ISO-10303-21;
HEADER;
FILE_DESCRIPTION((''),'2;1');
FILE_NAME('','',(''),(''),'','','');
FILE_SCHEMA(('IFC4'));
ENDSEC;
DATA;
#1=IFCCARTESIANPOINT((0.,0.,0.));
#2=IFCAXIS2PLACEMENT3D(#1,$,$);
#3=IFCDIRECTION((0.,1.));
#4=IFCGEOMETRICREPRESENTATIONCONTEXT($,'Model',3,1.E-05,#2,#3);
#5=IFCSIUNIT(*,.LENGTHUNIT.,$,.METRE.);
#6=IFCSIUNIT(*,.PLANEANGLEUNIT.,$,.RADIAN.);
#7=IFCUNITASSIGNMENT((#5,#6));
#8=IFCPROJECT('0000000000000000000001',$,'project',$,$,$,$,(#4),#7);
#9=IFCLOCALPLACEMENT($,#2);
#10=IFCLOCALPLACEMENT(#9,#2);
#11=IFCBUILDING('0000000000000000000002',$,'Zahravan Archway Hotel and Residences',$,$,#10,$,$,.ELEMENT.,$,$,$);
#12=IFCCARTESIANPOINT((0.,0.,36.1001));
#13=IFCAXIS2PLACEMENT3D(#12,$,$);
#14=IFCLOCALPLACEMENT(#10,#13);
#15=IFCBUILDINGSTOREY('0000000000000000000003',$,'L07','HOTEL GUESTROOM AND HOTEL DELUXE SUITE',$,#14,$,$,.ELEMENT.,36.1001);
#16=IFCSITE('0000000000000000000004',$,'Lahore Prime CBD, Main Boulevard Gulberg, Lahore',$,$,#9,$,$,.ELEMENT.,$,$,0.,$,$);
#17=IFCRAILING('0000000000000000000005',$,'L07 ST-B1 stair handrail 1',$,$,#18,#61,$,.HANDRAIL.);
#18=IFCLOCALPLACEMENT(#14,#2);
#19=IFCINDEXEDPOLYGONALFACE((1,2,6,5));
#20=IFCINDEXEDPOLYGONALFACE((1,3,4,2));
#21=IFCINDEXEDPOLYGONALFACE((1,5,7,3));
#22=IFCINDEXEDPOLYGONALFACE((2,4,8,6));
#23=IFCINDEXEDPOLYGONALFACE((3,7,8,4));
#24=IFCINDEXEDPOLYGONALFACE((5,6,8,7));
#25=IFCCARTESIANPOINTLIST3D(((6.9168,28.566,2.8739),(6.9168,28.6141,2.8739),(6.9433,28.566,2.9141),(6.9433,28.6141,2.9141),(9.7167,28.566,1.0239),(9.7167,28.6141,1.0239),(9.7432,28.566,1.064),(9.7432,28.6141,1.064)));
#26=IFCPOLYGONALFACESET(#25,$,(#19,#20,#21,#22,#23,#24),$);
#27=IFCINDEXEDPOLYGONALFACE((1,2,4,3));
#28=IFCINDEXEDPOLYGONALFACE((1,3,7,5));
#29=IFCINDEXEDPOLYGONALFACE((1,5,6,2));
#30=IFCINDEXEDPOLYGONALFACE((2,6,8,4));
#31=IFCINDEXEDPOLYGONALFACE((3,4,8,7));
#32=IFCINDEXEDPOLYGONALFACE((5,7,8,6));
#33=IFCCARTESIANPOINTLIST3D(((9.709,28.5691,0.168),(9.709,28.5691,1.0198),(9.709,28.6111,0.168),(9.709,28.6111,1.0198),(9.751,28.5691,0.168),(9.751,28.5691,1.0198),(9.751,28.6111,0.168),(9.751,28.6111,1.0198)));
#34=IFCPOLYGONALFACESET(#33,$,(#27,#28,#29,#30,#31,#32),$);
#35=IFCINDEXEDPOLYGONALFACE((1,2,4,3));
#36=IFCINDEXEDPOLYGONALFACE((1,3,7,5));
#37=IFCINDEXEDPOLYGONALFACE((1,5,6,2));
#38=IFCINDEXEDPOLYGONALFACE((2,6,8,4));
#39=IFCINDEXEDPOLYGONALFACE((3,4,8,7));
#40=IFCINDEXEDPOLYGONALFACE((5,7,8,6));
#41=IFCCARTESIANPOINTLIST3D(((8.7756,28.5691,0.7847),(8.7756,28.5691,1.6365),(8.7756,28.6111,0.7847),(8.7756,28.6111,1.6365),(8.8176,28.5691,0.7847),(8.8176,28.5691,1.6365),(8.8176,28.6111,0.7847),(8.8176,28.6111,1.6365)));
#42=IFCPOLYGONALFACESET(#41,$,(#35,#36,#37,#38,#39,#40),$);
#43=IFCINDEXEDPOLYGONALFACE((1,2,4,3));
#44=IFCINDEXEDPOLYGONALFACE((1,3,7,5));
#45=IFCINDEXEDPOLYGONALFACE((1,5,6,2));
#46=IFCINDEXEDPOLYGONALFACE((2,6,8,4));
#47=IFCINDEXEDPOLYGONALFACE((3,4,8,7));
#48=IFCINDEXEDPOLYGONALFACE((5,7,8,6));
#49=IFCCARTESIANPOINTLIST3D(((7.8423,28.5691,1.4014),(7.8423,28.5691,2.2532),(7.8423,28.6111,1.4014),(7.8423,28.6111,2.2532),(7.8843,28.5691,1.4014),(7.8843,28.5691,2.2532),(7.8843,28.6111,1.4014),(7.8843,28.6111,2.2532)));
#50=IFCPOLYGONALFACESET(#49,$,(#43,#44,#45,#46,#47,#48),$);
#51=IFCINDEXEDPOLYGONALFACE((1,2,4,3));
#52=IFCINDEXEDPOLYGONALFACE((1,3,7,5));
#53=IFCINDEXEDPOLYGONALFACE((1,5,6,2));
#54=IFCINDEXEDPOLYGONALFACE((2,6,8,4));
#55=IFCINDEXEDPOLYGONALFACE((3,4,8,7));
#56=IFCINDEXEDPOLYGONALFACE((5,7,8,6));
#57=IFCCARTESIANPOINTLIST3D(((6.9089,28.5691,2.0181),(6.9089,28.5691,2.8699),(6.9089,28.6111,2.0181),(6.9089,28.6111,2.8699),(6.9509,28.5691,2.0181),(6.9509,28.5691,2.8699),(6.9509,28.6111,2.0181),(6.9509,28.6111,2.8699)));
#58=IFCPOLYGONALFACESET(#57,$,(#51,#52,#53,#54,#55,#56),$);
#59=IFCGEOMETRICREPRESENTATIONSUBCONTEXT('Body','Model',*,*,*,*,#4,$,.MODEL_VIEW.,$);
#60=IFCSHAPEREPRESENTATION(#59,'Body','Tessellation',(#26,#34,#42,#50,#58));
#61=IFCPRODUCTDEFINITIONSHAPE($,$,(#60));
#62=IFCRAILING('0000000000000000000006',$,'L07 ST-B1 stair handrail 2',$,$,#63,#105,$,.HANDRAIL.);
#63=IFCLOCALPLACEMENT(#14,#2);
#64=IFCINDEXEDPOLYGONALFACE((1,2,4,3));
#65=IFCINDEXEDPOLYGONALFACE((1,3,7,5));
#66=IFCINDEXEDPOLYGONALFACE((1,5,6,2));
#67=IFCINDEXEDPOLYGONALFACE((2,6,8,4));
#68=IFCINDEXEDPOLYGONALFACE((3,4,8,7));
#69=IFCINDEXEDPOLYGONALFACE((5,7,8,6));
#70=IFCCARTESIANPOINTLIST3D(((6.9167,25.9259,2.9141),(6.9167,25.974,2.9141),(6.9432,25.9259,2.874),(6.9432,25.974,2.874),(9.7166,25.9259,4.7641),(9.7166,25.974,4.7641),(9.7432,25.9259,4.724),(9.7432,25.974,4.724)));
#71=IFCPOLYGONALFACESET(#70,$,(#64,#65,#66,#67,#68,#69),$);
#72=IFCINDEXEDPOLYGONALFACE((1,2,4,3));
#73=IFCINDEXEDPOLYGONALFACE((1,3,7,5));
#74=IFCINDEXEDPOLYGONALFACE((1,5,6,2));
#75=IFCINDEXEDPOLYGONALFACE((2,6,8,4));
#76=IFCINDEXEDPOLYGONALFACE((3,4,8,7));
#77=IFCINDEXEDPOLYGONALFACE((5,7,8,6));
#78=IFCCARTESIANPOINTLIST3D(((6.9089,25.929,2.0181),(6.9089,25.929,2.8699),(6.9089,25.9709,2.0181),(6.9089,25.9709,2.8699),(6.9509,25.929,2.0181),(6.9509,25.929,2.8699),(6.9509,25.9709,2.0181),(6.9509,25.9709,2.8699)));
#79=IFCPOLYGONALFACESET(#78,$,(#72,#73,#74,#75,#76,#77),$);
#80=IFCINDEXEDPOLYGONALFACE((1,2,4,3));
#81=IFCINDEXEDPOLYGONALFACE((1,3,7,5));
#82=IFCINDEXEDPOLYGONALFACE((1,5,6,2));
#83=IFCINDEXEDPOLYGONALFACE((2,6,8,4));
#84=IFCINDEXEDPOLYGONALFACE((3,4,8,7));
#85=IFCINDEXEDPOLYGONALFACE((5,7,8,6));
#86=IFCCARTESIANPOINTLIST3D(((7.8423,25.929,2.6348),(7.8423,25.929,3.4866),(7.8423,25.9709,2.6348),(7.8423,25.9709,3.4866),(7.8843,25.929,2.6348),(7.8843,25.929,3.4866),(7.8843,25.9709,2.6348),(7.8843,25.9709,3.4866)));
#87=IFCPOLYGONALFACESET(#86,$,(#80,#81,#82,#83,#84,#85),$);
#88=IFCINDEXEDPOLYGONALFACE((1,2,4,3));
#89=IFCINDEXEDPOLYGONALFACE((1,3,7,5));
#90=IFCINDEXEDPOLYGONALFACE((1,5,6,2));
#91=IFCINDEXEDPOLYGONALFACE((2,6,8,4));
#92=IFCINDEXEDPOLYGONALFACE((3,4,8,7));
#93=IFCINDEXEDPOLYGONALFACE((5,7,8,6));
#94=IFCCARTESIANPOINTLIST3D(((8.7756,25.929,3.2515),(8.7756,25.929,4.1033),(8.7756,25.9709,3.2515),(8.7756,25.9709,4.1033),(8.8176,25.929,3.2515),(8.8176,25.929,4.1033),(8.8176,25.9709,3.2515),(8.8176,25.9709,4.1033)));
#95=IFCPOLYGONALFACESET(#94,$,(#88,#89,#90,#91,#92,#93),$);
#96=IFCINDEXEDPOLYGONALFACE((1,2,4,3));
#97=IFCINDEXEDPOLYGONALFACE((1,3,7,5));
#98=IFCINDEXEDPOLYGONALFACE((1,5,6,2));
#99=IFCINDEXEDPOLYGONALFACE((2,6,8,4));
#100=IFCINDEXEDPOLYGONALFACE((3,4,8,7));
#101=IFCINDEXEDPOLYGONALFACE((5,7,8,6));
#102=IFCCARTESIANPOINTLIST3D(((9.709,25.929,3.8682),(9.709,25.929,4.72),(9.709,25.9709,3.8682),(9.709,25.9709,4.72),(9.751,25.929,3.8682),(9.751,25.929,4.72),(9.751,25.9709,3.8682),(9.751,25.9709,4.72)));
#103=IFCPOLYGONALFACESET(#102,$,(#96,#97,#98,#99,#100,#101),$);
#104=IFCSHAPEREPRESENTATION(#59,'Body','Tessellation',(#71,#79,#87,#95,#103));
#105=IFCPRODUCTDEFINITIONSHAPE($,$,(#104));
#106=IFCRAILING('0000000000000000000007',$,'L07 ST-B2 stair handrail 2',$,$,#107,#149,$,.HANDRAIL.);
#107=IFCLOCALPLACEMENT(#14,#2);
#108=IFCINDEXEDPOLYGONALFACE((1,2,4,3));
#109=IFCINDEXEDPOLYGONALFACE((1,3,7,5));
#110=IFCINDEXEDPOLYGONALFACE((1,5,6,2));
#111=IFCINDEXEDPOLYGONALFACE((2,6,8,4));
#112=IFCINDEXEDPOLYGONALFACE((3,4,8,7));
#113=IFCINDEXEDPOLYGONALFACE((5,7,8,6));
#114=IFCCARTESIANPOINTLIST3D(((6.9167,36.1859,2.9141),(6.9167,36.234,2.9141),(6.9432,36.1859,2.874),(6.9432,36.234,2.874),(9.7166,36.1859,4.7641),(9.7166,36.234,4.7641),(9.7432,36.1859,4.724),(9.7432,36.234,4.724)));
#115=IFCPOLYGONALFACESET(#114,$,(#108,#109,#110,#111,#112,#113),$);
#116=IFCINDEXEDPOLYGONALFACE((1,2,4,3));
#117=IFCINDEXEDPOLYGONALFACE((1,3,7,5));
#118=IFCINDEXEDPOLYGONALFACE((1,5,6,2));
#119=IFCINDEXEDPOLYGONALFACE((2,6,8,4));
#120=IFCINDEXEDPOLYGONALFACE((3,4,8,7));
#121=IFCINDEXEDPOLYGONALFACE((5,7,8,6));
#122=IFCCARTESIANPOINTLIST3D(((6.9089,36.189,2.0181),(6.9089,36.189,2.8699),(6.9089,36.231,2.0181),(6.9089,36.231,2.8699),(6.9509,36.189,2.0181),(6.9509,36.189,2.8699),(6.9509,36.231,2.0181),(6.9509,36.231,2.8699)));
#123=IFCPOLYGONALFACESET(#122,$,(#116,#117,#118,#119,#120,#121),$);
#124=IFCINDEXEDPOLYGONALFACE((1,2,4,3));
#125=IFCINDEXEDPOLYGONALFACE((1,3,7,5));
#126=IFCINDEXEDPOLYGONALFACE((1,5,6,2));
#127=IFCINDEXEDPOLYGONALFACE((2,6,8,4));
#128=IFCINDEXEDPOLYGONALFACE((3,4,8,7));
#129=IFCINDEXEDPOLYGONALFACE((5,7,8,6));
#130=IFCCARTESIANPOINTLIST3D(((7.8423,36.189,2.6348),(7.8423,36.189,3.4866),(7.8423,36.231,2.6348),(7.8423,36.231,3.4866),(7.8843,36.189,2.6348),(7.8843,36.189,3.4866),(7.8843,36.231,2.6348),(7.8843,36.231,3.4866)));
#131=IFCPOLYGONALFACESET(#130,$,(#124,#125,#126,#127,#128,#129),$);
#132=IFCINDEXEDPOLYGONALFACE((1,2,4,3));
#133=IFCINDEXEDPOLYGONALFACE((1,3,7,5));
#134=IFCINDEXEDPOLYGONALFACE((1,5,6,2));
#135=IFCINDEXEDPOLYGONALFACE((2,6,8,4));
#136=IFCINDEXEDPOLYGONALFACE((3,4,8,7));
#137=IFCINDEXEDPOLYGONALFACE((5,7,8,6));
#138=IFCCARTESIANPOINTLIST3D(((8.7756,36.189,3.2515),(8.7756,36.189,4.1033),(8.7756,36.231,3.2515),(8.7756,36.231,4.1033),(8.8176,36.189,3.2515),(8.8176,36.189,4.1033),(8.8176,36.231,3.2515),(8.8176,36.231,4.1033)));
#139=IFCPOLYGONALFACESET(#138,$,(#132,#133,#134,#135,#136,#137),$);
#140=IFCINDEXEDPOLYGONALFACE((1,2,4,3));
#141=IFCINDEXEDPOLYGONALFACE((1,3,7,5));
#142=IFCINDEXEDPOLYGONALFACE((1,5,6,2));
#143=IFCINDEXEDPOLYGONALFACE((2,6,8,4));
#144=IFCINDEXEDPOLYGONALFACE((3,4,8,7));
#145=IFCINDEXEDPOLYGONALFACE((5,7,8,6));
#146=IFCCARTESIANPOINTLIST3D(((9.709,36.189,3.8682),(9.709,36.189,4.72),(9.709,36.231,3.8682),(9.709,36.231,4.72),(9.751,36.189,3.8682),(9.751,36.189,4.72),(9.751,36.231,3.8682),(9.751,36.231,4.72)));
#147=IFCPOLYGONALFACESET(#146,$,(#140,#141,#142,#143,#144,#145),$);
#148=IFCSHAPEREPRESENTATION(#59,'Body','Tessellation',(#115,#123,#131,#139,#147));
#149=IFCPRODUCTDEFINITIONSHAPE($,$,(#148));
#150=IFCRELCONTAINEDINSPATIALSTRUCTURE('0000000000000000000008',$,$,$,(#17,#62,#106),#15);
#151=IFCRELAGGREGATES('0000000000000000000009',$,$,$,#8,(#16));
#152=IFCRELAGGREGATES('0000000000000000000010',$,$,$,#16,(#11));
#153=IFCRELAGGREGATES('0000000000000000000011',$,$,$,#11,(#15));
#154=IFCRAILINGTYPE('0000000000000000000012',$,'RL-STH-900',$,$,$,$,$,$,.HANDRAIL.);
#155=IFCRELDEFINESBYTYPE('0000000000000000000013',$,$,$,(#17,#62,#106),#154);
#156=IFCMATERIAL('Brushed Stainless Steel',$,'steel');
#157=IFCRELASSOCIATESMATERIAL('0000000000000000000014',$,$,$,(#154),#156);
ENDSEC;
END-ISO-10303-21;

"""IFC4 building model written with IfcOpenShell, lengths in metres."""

from ifc_helpers import new_model, si_unit, direction, frame, origin, origin_2d, place, context, subcontext, project, spatial, rectangle, extrude, material, type_object, element, save


model = new_model("IFC4")

# Units and contexts
model_context = context("Model", 3, precision=1e-05, world=origin(), true_north=direction((0.0, 1.0)))
body_context = subcontext(model_context, "Body", "Model", "MODEL_VIEW")
ifc_project = project(units=[si_unit("LENGTHUNIT", "METRE"), si_unit("PLANEANGLEUNIT", "RADIAN")], contexts=[model_context])

# Site, building, storey
site_placement = place(None, origin())
site = spatial("IfcSite", under=ifc_project, at=site_placement, Name="Lahore Prime CBD, Main Boulevard Gulberg, Lahore", CompositionType="ELEMENT", RefElevation=0.0)
building_placement = place(site_placement, origin())
building = spatial("IfcBuilding", under=site, at=building_placement, Name="Zahravan Archway Hotel and Residences", CompositionType="ELEMENT")
storey_placement = place(building_placement, frame((0.0, 0.0, 36.1001)))
storey = spatial("IfcBuildingStorey", under=building, at=storey_placement, Name="L07", Description="HOTEL GUESTROOM AND HOTEL DELUXE SUITE", CompositionType="ELEMENT", Elevation=36.1001)

# Shared definitions
ifc_material_1 = material(Name="Brushed Stainless Steel", Category="steel")

# Railings
railing_type_1 = type_object("IfcRailingType", Name="RL-STH-900", PredefinedType="HANDRAIL", material=ifc_material_1)
railing_1_placement = place(storey_placement, frame((9.73, 28.5901, 0.168)))
element("IfcRailing", 1, at=railing_1_placement, inside=storey, type_object=railing_type_1, Name="L07 ST-B1 stair handrail 1", PredefinedType="HANDRAIL", context=body_context, shape_type="SweptSolid", body=[
    extrude(rectangle(XDim=0.0481, YDim=0.0481, at=origin_2d()), frame((0.0, 0.0, 0.876), z_axis=(-0.834326, 0.0, 0.551271), x_axis=(0.0, -1.0, 0.0)), (0.0, 0.0, 1.0), 3.356),
    extrude(rectangle(XDim=0.042, YDim=0.042, at=origin_2d()), origin(), (0.0, 0.0, 1.0), 0.8518),
    extrude(rectangle(XDim=0.042, YDim=0.042, at=origin_2d()), frame((-0.9333, 0.0, 0.6167)), (0.0, 0.0, 1.0), 0.8518),
    extrude(rectangle(XDim=0.042, YDim=0.042, at=origin_2d()), frame((-1.8667, 0.0, 1.2334)), (0.0, 0.0, 1.0), 0.8518),
    extrude(rectangle(XDim=0.042, YDim=0.042, at=origin_2d()), frame((-2.8, 0.0, 1.8501)), (0.0, 0.0, 1.0), 0.8518),
])
for number, where, name in (
    (2, (6.9299, 25.95, 2.0181), "L07 ST-B1 stair handrail 2"),
    (3, (6.9299, 36.21, 2.0181), "L07 ST-B2 stair handrail 2"),
):
    element("IfcRailing", number, at=place(storey_placement, frame(where)), inside=storey, type_object=railing_type_1, Name=name, PredefinedType="HANDRAIL", context=body_context, shape_type="SweptSolid", body=[
        extrude(rectangle(XDim=0.0481, YDim=0.0481, at=origin_2d()), frame((0.0, 0.0, 0.876), z_axis=(0.834326, 0.0, 0.551271), x_axis=(0.0, 1.0, 0.0)), (0.0, 0.0, 1.0), 3.356),
        extrude(rectangle(XDim=0.042, YDim=0.042, at=origin_2d()), origin(), (0.0, 0.0, 1.0), 0.8518),
        extrude(rectangle(XDim=0.042, YDim=0.042, at=origin_2d()), frame((0.9333, 0.0, 0.6167)), (0.0, 0.0, 1.0), 0.8518),
        extrude(rectangle(XDim=0.042, YDim=0.042, at=origin_2d()), frame((1.8667, 0.0, 1.2334)), (0.0, 0.0, 1.0), 0.8518),
        extrude(rectangle(XDim=0.042, YDim=0.042, at=origin_2d()), frame((2.8, 0.0, 1.8501)), (0.0, 0.0, 1.0), 0.8518),
    ])

save(model, "model.ifc")
